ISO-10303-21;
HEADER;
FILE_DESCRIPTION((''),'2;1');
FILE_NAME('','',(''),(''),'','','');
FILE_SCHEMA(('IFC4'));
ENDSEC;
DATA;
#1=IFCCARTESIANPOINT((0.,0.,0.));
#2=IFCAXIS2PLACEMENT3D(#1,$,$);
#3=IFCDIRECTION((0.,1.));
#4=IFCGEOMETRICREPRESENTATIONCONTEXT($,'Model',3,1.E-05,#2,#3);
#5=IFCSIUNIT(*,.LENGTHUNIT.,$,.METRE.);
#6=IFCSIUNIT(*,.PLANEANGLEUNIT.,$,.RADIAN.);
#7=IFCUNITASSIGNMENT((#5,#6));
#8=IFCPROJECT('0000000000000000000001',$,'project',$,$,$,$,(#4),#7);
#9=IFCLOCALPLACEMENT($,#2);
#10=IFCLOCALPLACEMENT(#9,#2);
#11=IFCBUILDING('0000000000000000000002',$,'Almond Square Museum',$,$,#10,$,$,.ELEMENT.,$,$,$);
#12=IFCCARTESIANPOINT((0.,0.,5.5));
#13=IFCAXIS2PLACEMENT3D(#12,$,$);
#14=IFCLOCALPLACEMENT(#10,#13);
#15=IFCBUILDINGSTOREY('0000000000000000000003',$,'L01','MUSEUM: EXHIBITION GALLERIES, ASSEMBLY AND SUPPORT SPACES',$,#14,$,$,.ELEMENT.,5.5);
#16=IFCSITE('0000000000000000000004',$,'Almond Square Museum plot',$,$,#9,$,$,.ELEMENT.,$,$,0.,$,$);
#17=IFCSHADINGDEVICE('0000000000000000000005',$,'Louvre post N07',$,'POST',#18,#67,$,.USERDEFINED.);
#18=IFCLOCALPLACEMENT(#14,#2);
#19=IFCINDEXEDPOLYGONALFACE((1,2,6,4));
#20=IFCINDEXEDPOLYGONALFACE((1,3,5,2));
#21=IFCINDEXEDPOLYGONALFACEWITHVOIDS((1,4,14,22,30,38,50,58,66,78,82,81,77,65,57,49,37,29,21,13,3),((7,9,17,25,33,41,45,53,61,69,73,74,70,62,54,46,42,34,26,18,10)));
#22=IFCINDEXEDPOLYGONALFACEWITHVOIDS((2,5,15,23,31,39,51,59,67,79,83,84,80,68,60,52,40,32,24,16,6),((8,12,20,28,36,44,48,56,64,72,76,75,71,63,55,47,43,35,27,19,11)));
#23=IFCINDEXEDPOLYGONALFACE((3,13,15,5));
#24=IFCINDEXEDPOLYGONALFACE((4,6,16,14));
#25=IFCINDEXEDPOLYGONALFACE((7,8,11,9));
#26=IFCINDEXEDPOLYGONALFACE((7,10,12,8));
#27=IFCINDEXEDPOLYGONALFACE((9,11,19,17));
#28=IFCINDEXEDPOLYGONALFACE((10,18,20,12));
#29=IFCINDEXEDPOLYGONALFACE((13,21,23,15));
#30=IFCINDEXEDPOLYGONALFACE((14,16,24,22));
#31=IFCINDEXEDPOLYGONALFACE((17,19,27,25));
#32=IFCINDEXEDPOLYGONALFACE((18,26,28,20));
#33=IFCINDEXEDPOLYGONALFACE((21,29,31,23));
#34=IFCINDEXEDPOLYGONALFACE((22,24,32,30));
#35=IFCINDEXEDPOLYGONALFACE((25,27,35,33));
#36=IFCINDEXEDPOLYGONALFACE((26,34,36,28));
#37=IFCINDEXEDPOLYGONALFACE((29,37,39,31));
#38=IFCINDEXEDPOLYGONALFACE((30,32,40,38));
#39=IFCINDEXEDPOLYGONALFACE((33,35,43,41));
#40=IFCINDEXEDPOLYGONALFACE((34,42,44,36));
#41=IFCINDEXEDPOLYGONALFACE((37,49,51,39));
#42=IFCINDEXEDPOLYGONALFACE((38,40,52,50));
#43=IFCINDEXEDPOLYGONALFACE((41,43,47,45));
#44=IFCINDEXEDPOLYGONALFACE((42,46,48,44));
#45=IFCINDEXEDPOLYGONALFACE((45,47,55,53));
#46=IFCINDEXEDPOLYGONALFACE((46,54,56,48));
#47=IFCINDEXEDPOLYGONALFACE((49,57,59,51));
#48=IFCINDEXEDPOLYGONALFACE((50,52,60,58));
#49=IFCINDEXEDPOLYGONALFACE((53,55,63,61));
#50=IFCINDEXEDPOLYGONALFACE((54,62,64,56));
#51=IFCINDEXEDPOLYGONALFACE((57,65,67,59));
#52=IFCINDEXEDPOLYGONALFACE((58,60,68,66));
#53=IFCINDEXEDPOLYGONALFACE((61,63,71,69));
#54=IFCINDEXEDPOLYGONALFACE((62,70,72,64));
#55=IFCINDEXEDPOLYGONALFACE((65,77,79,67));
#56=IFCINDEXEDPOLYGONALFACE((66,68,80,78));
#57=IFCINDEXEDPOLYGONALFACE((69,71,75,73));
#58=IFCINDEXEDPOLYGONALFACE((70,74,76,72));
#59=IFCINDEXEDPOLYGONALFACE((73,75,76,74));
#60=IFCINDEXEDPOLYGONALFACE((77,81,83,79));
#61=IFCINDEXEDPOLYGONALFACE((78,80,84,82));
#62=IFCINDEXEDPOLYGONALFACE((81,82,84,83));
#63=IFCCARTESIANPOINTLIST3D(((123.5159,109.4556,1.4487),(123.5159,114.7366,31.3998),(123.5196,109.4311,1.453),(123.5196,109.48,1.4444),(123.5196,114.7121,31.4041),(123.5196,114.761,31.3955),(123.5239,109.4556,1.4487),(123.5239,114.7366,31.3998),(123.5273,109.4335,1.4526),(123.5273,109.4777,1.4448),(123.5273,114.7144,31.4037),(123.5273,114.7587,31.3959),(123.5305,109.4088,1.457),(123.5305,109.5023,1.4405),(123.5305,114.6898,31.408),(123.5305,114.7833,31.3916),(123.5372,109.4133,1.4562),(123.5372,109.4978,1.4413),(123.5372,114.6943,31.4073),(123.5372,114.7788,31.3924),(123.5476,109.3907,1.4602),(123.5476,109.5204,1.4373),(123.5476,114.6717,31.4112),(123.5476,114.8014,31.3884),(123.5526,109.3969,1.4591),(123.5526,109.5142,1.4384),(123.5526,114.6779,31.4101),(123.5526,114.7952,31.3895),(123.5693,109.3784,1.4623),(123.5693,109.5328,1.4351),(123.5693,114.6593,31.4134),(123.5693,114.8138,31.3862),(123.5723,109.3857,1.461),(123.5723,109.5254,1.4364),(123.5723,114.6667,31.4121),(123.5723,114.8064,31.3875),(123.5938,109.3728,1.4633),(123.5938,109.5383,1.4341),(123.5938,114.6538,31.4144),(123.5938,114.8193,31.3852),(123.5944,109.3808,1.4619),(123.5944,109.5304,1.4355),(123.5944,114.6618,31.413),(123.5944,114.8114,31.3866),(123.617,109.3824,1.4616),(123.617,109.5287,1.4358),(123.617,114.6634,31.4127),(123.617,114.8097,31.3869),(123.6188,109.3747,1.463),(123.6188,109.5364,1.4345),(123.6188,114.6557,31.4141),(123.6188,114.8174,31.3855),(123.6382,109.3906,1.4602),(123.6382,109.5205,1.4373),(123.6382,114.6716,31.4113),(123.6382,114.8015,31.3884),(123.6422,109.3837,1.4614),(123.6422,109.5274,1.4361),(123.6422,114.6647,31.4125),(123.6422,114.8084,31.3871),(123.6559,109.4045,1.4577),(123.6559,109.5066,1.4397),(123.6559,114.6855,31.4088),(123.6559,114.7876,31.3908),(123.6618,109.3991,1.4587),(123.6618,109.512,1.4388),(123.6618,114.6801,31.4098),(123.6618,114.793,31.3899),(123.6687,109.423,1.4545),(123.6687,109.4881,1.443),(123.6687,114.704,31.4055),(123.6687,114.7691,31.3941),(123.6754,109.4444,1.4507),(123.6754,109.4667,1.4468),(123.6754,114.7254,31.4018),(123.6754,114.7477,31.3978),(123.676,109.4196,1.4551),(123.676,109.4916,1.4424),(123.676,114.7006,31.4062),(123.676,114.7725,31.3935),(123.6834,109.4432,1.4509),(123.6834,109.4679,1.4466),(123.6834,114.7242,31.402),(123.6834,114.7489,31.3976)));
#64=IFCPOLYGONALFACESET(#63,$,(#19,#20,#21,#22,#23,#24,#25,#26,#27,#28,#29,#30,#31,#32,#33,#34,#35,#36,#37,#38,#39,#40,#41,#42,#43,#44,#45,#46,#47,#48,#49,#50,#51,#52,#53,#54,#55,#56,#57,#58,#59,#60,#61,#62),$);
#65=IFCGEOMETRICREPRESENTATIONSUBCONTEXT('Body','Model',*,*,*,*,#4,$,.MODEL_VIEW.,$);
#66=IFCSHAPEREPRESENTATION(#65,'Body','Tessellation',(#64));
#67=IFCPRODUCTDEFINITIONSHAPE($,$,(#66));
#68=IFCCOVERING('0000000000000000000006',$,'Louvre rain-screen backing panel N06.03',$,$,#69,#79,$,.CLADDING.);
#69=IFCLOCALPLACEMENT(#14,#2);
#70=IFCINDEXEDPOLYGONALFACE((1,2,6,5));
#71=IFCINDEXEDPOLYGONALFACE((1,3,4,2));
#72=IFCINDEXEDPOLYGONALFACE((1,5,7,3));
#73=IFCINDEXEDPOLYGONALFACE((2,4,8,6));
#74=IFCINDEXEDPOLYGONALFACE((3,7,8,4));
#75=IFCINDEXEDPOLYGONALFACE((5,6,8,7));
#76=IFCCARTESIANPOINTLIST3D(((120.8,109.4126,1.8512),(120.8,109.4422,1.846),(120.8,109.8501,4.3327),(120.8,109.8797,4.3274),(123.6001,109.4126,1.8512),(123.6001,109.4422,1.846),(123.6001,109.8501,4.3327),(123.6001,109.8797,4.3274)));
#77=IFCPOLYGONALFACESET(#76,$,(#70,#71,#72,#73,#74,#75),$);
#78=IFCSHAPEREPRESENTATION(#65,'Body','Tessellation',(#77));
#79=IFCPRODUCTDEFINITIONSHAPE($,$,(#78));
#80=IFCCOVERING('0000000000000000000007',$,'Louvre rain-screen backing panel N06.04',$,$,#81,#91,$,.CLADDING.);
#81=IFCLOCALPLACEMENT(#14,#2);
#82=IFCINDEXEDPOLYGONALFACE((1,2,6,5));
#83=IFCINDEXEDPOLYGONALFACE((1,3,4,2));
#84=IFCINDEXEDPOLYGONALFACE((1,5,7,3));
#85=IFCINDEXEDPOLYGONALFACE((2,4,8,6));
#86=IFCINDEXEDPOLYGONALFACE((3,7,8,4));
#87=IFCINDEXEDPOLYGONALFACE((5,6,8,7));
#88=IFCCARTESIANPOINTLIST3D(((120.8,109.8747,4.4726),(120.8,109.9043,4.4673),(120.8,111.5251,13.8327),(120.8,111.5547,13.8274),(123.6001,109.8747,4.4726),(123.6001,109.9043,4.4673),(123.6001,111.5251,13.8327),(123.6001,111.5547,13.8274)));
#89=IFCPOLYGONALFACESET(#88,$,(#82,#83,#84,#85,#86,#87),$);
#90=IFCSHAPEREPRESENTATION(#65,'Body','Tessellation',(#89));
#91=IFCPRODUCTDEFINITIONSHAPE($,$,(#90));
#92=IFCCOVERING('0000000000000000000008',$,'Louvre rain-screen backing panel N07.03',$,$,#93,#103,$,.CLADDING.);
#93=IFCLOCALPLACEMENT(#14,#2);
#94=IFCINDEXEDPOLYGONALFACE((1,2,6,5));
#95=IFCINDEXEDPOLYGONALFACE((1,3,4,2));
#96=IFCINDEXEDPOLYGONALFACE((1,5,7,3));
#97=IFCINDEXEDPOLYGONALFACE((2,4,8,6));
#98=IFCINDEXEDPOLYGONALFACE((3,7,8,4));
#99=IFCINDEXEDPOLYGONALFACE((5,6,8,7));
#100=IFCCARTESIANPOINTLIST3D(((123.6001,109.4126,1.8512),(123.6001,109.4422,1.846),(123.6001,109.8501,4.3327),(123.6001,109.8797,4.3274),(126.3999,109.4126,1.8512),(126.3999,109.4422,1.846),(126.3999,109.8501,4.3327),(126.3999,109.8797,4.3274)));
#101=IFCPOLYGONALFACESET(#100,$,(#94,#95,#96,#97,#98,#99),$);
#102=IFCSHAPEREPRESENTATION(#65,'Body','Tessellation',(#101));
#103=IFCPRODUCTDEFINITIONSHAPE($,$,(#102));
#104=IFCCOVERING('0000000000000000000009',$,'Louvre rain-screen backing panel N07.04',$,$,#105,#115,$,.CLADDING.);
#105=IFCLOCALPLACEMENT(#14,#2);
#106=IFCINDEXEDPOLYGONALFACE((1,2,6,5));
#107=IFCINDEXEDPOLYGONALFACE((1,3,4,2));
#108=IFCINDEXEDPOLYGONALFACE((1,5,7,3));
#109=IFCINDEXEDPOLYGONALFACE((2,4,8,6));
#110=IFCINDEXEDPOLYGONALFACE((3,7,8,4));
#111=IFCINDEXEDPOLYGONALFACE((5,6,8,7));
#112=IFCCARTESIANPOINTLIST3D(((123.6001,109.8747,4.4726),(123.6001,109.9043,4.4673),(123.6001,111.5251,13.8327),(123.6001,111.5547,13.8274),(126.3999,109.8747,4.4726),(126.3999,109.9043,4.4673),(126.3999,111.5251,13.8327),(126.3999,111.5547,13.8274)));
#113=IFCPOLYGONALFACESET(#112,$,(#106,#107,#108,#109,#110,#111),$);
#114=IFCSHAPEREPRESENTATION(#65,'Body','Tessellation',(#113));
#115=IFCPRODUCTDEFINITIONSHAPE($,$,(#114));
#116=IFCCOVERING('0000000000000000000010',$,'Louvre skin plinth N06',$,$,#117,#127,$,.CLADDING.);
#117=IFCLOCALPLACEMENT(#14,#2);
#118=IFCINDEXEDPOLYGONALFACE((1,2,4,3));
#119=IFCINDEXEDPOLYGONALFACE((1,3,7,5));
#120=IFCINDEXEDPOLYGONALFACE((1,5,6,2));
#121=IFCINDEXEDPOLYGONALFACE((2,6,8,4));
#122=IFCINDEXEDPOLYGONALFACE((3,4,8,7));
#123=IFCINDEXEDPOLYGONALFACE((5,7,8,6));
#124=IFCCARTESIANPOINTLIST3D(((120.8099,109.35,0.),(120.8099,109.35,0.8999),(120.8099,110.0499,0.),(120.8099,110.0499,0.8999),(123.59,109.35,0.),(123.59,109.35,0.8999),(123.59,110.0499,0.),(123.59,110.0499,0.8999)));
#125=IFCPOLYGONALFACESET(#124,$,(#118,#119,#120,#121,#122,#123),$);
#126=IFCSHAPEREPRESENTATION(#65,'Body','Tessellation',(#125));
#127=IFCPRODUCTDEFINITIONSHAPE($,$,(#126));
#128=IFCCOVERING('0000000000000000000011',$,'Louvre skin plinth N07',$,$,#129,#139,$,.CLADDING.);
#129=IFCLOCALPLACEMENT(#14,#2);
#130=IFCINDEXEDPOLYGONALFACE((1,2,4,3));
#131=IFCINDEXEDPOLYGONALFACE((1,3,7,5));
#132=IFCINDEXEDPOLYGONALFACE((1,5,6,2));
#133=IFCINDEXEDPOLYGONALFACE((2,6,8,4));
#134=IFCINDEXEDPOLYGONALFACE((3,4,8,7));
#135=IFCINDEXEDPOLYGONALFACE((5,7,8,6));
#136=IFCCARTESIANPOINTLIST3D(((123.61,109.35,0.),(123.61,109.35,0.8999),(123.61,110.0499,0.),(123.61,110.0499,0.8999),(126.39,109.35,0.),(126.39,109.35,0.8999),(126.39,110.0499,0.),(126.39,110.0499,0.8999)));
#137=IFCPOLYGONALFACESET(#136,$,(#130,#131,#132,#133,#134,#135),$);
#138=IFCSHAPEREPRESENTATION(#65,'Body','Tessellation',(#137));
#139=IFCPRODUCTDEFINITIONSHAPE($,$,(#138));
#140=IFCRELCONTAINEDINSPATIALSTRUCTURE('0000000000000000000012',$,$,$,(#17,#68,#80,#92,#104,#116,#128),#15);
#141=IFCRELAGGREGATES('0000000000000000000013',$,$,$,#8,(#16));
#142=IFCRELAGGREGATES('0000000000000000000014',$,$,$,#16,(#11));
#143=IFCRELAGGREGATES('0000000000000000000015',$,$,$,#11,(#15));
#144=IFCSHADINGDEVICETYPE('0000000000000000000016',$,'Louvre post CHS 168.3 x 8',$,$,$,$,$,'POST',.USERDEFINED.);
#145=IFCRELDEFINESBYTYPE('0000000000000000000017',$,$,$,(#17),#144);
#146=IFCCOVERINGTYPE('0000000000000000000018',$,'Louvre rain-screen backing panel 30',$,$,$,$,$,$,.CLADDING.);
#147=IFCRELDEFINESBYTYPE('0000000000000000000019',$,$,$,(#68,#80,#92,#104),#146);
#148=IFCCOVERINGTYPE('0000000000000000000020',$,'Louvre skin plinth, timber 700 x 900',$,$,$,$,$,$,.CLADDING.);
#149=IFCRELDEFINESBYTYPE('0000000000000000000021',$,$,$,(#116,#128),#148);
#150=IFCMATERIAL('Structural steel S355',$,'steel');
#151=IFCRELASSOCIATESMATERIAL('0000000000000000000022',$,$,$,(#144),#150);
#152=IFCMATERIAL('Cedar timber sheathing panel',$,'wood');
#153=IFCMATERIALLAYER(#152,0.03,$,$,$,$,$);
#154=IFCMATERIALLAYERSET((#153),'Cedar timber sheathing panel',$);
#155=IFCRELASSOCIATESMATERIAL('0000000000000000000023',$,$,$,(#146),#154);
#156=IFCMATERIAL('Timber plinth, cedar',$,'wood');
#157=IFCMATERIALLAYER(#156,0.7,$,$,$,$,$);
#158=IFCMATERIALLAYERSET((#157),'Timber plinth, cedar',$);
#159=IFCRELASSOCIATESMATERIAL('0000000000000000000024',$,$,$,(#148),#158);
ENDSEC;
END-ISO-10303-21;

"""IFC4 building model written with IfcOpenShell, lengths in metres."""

from ifc_helpers import new_model, si_unit, direction, frame, origin, origin_2d, place, context, subcontext, project, spatial, polyline, rectangle, hollow_circle, outline, extrude, material, layer, layer_set, material_profile, profile_set, type_object, element, save


model = new_model("IFC4")

# Units and contexts
model_context = context("Model", 3, precision=1e-05, world=origin(), true_north=direction((0.0, 1.0)))
body_context = subcontext(model_context, "Body", "Model", "MODEL_VIEW")
ifc_project = project(units=[si_unit("LENGTHUNIT", "METRE"), si_unit("PLANEANGLEUNIT", "RADIAN")], contexts=[model_context])

# Site, building, storey
site_placement = place(None, origin())
site = spatial("IfcSite", under=ifc_project, at=site_placement, Name="Almond Square Museum plot", CompositionType="ELEMENT", RefElevation=0.0)
building_placement = place(site_placement, origin())
building = spatial("IfcBuilding", under=site, at=building_placement, Name="Almond Square Museum", CompositionType="ELEMENT")
storey_placement = place(building_placement, frame((0.0, 0.0, 5.5)))
storey = spatial("IfcBuildingStorey", under=building, at=storey_placement, Name="L01", Description="MUSEUM: EXHIBITION GALLERIES, ASSEMBLY AND SUPPORT SPACES", CompositionType="ELEMENT", Elevation=5.5)

# Shading device
ifc_material_1 = material(Name="Structural steel S355", Category="steel")
ifc_material_profile_1 = material_profile(ifc_material_1, hollow_circle(Radius=0.0842, WallThickness=0.0081, at=origin_2d()))
ifc_profile_set_1 = profile_set([ifc_material_profile_1], Name="Structural steel S355")
shading_device_type = type_object("IfcShadingDeviceType", Name="Louvre post CHS 168.3 x 8", ElementType="POST", PredefinedType="USERDEFINED", material=ifc_profile_set_1)
for number, where, z_axis, x_axis, name in (
    (1, (123.6001, 109.4556, 1.4487), (0.0, 0.173642, 0.984809), (-1.0, 0.0, 0.0), "Louvre post N07"),
):
    element("IfcShadingDevice", number, at=place(storey_placement, frame(where, z_axis=z_axis, x_axis=x_axis)), inside=storey, type_object=shading_device_type, Name=name, ObjectType="POST", PredefinedType="USERDEFINED", context=body_context, shape_type="SweptSolid", body=[
        extrude(hollow_circle(Radius=0.0842, WallThickness=0.0081, at=origin_2d()), origin(), (0.0, 0.0, 1.0), 30.4131),
    ])

# Coverings
ifc_material_2 = material(Name="Cedar timber sheathing panel", Category="wood")
ifc_layer_1 = layer(ifc_material_2, 0.03)
ifc_layer_set_1 = layer_set([ifc_layer_1], Name="Cedar timber sheathing panel")
covering_type_1 = type_object("IfcCoveringType", Name="Louvre rain-screen backing panel 30", PredefinedType="CLADDING", material=ifc_layer_set_1)
covering_1_placement = place(storey_placement, frame((120.8, 109.4272, 1.8486), z_axis=(0.0, -0.984811, 0.173631), x_axis=(1.0, 0.0, 0.0)))
element("IfcCovering", 2, at=covering_1_placement, inside=storey, type_object=covering_type_1, Name="Louvre rain-screen backing panel N06.03", PredefinedType="CLADDING", context=body_context, shape_type="SweptSolid", body=[
    extrude(outline(polyline([(0.0, 0.0), (2.8, 0.0), (2.8, 2.5197), (0.0, 2.5197), (0.0, 0.0)])), frame((0.0, 0.0, -0.0151)), (0.0, 0.0, 1.0), 0.03),
])
covering_2_placement = place(storey_placement, frame((120.8, 109.8894, 4.47), z_axis=(0.0, -0.984809, 0.173643), x_axis=(1.0, 0.0, 0.0)))
element("IfcCovering", 3, at=covering_2_placement, inside=storey, type_object=covering_type_1, Name="Louvre rain-screen backing panel N06.04", PredefinedType="CLADDING", context=body_context, shape_type="SweptSolid", body=[
    extrude(outline(polyline([(0.0, 0.0), (2.8, 0.0), (2.8, 9.5045), (0.0, 9.5045), (0.0, 0.0)])), frame((0.0, 0.0, -0.0151)), (0.0, 0.0, 1.0), 0.03),
])
covering_3_placement = place(storey_placement, frame((123.6001, 109.4272, 1.8486), z_axis=(0.0, -0.984811, 0.173631), x_axis=(1.0, 0.0, 0.0)))
element("IfcCovering", 4, at=covering_3_placement, inside=storey, type_object=covering_type_1, Name="Louvre rain-screen backing panel N07.03", PredefinedType="CLADDING", context=body_context, shape_type="SweptSolid", body=[
    extrude(outline(polyline([(0.0, 0.0), (2.7998, 0.0), (2.7998, 2.5197), (0.0, 2.5197), (0.0, 0.0)])), frame((0.0, 0.0, -0.0151)), (0.0, 0.0, 1.0), 0.03),
])
covering_4_placement = place(storey_placement, frame((123.6001, 109.8894, 4.47), z_axis=(0.0, -0.984809, 0.173643), x_axis=(1.0, 0.0, 0.0)))
element("IfcCovering", 5, at=covering_4_placement, inside=storey, type_object=covering_type_1, Name="Louvre rain-screen backing panel N07.04", PredefinedType="CLADDING", context=body_context, shape_type="SweptSolid", body=[
    extrude(outline(polyline([(0.0, 0.0), (2.7998, 0.0), (2.7998, 9.5045), (0.0, 9.5045), (0.0, 0.0)])), frame((0.0, 0.0, -0.0151)), (0.0, 0.0, 1.0), 0.03),
])
ifc_material_3 = material(Name="Timber plinth, cedar", Category="wood")
ifc_layer_2 = layer(ifc_material_3, 0.7)
ifc_layer_set_2 = layer_set([ifc_layer_2], Name="Timber plinth, cedar")
covering_type_2 = type_object("IfcCoveringType", Name="Louvre skin plinth, timber 700 x 900", PredefinedType="CLADDING", material=ifc_layer_set_2)
for number, where, z_axis, x_axis, name in (
    (6, (122.2, 109.7, 0.0), (0.0, 0.0, 1.0), (1.0, 0.0, 0.0), "Louvre skin plinth N06"),
    (7, (125.0, 109.7, 0.0), (0.0, 0.0, 1.0), (1.0, 0.0, 0.0), "Louvre skin plinth N07"),
):
    element("IfcCovering", number, at=place(storey_placement, frame(where, z_axis=z_axis, x_axis=x_axis)), inside=storey, type_object=covering_type_2, Name=name, PredefinedType="CLADDING", context=body_context, shape_type="SweptSolid", body=[
        extrude(rectangle(XDim=2.78, YDim=0.7, at=origin_2d()), origin(), (0.0, 0.0, 1.0), 0.8999),
    ])

save(model, "model.ifc")
